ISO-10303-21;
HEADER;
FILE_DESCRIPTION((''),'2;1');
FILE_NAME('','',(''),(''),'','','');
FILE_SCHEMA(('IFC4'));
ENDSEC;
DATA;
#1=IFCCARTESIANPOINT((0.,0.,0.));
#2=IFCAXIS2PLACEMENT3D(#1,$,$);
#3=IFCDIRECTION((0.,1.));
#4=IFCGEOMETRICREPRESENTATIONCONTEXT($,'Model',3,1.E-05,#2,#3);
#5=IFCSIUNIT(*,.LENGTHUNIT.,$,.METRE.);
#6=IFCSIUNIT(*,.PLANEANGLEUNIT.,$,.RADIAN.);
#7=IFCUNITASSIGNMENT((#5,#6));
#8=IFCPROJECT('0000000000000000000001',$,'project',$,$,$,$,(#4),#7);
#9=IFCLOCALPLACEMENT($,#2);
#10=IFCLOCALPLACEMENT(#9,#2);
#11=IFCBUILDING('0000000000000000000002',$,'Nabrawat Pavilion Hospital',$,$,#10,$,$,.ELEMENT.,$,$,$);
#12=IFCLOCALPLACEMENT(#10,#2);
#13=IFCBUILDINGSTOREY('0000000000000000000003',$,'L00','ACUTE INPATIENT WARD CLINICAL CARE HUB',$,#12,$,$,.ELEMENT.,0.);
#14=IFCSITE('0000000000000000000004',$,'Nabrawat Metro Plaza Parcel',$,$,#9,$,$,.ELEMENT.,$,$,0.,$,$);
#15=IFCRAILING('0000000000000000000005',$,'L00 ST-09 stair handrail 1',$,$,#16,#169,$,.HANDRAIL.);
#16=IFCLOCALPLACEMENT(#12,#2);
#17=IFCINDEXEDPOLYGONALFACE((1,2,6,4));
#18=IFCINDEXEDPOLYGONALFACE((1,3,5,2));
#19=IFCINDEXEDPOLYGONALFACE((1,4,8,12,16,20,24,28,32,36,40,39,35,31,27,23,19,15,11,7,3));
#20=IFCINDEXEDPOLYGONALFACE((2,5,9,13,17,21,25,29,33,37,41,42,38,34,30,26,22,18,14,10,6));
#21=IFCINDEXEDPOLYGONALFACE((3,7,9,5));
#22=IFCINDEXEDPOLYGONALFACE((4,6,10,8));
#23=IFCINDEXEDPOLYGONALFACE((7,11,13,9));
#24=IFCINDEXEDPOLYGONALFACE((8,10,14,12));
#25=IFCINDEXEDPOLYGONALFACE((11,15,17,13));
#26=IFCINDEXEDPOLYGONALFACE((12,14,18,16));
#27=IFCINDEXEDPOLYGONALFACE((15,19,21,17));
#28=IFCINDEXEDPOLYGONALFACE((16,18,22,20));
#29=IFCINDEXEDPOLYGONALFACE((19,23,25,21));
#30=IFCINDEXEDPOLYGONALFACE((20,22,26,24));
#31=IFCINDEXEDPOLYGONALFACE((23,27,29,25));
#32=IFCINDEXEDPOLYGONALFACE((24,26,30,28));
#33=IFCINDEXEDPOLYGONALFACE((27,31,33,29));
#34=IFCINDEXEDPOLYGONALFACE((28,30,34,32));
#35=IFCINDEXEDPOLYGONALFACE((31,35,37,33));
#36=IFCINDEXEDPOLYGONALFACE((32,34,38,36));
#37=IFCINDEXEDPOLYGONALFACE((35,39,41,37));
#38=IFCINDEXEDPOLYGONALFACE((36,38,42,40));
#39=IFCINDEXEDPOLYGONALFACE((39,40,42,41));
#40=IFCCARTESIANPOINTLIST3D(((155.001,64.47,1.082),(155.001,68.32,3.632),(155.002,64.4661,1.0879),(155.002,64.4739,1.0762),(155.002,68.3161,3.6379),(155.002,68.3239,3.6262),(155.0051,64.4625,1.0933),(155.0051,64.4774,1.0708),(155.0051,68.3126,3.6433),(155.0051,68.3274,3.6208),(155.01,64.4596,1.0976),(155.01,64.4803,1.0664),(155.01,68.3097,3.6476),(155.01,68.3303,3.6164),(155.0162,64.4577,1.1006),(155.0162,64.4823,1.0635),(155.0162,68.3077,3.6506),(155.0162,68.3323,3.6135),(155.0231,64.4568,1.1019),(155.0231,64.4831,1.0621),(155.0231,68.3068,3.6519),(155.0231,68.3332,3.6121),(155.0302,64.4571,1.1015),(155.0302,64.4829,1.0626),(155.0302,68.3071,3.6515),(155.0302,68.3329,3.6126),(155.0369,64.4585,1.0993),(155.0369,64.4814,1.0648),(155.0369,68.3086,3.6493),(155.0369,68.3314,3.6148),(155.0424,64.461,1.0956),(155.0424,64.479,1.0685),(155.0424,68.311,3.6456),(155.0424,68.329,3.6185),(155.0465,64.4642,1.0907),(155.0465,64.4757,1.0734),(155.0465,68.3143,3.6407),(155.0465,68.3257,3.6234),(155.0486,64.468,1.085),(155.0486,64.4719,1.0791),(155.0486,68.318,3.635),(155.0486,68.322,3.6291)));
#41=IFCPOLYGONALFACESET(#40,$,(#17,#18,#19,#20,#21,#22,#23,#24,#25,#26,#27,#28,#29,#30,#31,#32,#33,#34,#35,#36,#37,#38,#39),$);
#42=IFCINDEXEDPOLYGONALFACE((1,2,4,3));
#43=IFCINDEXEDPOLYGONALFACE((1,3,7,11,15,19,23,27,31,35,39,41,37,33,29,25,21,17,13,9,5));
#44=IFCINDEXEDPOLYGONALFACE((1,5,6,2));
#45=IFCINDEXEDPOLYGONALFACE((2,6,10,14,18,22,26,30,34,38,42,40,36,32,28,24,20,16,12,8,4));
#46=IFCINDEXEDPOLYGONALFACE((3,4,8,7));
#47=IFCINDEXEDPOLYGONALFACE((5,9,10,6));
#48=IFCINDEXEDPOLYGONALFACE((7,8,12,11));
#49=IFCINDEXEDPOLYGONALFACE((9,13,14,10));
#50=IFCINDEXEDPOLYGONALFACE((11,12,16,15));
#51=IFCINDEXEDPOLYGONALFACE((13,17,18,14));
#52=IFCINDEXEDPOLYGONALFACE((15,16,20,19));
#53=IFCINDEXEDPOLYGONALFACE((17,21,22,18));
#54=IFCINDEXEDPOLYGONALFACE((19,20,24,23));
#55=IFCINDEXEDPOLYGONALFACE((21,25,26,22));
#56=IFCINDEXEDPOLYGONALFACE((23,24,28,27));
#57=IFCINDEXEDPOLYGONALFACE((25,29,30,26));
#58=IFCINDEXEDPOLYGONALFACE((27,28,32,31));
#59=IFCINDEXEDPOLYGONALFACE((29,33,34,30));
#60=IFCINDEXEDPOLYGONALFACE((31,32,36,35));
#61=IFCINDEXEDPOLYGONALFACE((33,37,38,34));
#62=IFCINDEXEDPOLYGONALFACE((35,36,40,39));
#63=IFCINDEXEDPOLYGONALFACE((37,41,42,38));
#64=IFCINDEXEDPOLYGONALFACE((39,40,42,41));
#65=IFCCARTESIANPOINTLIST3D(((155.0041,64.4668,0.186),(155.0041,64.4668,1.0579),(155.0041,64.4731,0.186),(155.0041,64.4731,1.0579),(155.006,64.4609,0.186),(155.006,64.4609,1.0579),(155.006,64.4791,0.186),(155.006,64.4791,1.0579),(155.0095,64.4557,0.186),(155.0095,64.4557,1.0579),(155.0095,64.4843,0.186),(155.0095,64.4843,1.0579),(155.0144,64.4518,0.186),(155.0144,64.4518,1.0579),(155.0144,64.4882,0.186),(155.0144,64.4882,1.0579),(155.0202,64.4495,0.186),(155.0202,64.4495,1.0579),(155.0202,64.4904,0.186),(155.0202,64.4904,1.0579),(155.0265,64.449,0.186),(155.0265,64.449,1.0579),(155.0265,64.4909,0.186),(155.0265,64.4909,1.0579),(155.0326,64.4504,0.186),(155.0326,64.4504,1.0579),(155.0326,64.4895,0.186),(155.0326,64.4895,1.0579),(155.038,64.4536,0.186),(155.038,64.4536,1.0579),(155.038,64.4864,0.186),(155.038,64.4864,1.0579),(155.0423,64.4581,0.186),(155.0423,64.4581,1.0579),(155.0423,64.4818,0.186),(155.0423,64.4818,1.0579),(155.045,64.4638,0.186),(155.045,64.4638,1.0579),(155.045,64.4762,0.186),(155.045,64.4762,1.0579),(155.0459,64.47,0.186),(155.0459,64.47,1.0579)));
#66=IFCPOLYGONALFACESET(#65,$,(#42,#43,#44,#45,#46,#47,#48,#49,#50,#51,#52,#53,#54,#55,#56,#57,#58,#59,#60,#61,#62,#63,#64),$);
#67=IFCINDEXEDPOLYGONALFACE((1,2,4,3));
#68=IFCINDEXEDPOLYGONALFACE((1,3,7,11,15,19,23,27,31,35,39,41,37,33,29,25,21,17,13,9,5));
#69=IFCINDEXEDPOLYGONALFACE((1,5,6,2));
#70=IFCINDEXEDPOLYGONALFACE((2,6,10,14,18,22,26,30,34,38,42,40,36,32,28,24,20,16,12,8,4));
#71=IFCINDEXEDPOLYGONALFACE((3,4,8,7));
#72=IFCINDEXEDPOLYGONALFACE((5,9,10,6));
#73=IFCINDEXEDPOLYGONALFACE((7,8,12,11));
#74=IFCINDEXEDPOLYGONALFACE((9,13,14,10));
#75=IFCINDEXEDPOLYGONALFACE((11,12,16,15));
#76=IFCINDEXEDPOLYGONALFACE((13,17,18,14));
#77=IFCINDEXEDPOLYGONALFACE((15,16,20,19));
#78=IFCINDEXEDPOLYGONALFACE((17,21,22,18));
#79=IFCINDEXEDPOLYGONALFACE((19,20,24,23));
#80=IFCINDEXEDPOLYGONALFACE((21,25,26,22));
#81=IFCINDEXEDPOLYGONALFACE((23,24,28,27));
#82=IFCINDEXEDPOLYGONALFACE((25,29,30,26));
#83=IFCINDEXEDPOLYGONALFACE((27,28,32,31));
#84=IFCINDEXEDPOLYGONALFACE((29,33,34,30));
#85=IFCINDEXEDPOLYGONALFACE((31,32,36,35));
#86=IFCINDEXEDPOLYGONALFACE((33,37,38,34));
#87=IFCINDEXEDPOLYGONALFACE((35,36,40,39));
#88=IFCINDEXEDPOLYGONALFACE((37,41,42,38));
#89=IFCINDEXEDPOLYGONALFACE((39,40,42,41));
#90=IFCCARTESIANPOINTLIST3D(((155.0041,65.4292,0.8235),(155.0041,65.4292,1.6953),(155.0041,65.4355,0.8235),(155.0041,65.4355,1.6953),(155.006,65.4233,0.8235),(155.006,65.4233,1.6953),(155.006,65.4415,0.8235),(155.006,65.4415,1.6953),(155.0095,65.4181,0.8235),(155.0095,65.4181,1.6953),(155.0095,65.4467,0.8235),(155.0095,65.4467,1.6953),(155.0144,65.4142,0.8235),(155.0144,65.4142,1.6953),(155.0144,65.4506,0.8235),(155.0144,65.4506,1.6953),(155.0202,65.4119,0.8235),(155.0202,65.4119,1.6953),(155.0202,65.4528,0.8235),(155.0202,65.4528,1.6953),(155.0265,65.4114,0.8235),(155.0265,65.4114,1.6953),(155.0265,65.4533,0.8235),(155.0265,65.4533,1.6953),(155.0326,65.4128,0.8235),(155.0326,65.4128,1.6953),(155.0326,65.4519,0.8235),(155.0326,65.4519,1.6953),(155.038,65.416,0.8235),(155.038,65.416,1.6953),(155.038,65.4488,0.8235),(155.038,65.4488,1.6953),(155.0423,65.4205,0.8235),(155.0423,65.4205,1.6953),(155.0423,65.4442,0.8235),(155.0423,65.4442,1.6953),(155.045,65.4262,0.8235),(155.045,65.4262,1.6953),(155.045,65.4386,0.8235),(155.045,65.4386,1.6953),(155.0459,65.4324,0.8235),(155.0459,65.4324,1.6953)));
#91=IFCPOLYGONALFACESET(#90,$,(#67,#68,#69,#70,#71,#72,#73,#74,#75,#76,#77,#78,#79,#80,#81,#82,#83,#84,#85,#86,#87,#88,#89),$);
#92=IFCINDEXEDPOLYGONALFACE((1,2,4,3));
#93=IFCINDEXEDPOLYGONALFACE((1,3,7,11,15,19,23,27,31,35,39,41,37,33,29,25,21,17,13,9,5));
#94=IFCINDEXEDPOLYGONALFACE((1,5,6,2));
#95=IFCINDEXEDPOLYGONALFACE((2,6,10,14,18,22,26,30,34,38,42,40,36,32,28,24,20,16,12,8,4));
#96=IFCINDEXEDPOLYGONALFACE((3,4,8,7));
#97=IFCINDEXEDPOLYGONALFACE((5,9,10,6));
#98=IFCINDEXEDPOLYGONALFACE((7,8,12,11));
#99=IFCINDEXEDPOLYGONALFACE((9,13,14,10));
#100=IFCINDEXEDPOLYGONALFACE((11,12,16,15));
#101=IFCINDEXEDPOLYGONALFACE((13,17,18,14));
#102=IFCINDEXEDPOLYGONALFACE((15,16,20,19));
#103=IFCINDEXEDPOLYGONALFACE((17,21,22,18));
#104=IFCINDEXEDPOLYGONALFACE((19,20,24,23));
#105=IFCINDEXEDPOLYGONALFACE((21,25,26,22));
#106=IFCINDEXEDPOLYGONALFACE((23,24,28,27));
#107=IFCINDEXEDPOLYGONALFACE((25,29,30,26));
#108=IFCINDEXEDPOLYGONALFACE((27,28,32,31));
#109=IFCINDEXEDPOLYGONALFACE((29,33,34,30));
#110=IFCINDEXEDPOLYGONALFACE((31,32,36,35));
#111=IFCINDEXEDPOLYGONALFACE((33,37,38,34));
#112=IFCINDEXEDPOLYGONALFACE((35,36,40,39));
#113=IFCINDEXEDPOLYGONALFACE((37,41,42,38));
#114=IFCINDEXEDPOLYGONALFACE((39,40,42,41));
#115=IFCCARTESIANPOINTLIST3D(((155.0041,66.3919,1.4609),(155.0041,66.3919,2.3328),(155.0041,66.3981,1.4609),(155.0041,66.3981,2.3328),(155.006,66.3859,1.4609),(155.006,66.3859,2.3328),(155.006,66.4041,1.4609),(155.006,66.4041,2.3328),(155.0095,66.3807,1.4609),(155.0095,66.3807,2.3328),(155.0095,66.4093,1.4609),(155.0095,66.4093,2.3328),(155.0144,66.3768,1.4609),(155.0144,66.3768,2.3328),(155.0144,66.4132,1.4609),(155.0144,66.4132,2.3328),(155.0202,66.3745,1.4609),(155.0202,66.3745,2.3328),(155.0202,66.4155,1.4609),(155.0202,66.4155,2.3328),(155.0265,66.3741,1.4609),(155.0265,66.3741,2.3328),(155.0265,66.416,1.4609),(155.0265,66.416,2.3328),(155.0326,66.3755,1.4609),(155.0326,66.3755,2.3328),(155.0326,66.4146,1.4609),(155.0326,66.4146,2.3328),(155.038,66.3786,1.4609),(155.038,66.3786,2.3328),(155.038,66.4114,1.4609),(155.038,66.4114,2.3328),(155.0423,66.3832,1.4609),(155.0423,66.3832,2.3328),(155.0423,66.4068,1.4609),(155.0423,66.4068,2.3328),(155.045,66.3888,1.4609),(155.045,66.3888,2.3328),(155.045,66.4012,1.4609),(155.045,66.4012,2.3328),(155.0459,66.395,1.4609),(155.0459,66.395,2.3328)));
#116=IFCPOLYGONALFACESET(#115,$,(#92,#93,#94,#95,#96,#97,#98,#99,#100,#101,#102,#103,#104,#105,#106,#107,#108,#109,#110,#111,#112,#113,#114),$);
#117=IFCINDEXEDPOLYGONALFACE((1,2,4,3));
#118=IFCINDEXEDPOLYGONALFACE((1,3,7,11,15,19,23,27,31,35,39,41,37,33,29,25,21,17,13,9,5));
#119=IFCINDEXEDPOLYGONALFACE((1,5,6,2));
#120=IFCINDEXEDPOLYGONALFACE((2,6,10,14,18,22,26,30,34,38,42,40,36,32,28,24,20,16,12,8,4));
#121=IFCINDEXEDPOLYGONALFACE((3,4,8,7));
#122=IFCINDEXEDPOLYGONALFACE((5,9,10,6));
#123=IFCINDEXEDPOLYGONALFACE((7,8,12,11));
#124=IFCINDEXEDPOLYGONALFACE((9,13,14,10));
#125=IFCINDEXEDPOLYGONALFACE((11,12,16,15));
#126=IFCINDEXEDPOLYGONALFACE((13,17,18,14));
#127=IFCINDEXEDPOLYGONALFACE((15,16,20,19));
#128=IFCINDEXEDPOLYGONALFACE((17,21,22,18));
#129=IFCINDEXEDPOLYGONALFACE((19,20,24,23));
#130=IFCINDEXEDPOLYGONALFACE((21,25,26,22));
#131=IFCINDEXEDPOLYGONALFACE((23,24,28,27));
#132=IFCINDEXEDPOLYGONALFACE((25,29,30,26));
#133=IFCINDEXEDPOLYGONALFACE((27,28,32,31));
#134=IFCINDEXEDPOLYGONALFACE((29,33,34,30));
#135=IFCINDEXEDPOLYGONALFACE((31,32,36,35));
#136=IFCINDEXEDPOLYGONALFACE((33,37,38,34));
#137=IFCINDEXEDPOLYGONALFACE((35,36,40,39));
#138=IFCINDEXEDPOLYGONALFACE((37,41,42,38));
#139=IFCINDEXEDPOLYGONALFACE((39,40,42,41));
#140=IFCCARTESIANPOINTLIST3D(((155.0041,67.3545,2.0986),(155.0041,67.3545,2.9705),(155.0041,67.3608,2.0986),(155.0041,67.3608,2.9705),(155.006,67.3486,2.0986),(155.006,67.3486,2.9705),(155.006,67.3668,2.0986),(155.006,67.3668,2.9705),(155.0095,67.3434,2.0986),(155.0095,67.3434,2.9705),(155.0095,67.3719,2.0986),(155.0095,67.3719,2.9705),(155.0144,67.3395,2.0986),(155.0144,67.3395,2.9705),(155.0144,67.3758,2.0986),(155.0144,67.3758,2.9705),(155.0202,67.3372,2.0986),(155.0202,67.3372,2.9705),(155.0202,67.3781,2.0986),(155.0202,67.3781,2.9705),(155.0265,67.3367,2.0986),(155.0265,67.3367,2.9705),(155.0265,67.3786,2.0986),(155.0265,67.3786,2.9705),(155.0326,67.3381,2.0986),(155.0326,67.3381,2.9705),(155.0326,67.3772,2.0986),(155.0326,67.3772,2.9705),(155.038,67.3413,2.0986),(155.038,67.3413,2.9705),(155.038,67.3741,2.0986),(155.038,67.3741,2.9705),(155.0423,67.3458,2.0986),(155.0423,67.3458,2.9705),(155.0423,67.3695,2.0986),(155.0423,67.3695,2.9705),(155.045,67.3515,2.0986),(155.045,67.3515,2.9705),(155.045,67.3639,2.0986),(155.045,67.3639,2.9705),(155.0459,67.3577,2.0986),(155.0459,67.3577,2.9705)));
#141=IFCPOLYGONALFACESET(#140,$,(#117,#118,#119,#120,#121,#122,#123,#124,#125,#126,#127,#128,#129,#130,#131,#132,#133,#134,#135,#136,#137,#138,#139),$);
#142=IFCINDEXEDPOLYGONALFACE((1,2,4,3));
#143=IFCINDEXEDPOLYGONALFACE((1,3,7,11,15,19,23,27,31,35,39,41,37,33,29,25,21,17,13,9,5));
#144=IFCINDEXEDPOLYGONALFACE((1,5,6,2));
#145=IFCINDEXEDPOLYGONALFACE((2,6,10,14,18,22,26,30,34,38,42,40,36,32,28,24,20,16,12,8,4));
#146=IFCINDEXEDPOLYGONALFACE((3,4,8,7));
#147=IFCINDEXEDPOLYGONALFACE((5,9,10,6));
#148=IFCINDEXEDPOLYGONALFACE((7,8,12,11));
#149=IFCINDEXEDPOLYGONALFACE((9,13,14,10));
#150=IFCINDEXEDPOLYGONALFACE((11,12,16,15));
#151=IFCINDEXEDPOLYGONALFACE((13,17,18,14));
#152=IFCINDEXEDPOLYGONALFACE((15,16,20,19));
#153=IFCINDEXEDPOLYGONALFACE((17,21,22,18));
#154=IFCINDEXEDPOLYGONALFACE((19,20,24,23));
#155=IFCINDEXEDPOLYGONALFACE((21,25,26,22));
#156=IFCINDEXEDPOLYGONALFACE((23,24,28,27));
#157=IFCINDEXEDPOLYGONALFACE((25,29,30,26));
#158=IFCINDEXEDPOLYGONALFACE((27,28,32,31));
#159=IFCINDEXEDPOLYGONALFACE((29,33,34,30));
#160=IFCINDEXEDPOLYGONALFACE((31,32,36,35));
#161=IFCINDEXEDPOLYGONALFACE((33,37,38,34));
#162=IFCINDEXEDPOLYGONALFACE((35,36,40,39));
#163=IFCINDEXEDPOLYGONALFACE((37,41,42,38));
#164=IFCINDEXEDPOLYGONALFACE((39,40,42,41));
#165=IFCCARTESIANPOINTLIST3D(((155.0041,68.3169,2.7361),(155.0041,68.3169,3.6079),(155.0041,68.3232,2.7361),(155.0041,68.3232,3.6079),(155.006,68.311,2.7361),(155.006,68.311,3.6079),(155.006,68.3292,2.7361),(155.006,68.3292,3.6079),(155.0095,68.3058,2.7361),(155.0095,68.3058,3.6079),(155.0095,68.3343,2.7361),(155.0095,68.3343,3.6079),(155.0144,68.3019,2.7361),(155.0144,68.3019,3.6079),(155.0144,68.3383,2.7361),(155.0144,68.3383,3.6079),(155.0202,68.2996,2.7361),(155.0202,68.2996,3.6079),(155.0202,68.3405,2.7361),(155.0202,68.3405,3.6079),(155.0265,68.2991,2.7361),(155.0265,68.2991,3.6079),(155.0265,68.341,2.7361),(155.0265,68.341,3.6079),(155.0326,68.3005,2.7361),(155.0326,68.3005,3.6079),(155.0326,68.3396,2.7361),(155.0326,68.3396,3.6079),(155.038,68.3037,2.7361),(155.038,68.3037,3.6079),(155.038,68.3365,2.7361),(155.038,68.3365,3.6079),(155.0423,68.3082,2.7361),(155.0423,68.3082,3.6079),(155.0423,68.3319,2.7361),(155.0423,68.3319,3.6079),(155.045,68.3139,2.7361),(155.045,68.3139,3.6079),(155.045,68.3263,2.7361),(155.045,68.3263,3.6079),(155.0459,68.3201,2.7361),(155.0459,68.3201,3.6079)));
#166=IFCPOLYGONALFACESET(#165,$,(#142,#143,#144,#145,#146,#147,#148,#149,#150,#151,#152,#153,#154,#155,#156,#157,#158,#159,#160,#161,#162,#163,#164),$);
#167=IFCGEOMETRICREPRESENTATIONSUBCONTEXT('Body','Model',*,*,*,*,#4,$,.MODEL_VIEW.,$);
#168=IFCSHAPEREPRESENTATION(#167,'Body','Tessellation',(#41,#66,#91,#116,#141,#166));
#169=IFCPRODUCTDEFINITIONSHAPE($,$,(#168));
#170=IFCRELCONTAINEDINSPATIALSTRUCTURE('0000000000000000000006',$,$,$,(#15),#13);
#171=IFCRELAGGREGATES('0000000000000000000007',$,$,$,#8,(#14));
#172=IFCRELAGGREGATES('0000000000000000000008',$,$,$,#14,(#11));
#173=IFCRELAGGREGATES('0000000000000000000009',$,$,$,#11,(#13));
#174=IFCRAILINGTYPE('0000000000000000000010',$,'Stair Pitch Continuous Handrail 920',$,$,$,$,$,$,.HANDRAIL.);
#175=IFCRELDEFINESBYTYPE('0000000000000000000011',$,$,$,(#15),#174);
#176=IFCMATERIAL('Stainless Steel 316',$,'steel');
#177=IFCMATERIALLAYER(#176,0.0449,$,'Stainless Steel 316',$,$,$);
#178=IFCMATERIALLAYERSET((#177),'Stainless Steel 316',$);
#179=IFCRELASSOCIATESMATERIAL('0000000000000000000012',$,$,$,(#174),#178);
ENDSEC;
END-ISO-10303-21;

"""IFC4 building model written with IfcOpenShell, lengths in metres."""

from ifc_helpers import new_model, si_unit, direction, frame, origin, origin_2d, place, context, subcontext, project, spatial, circle, extrude, material, layer, layer_set, type_object, element, save


model = new_model("IFC4")

# Units and contexts
model_context = context("Model", 3, precision=1e-05, world=origin(), true_north=direction((0.0, 1.0)))
body_context = subcontext(model_context, "Body", "Model", "MODEL_VIEW")
ifc_project = project(units=[si_unit("LENGTHUNIT", "METRE"), si_unit("PLANEANGLEUNIT", "RADIAN")], contexts=[model_context])

# Site, building, storey
site_placement = place(None, origin())
site = spatial("IfcSite", under=ifc_project, at=site_placement, Name="Nabrawat Metro Plaza Parcel", CompositionType="ELEMENT", RefElevation=0.0)
building_placement = place(site_placement, origin())
building = spatial("IfcBuilding", under=site, at=building_placement, Name="Nabrawat Pavilion Hospital", CompositionType="ELEMENT")
storey_placement = place(building_placement, origin())
storey = spatial("IfcBuildingStorey", under=building, at=storey_placement, Name="L00", Description="ACUTE INPATIENT WARD CLINICAL CARE HUB", CompositionType="ELEMENT", Elevation=0.0)

# Railing
ifc_material_1 = material(Name="Stainless Steel 316", Category="steel")
ifc_layer_1 = layer(ifc_material_1, 0.0449, Name="Stainless Steel 316")
ifc_layer_set_1 = layer_set([ifc_layer_1], Name="Stainless Steel 316")
railing_type_1 = type_object("IfcRailingType", Name="Stair Pitch Continuous Handrail 920", PredefinedType="HANDRAIL", material=ifc_layer_set_1)
railing_1_placement = place(storey_placement, frame((155.0249, 64.47, 0.186)))
element("IfcRailing", 1, at=railing_1_placement, inside=storey, type_object=railing_type_1, Name="L00 ST-09 stair handrail 1", PredefinedType="HANDRAIL", context=body_context, shape_type="SweptSolid", body=[
    extrude(circle(Radius=0.0239, at=origin_2d()), frame((0.0, 0.0, 0.896), z_axis=(0.0, 0.833714, 0.552197), x_axis=(-1.0, 0.0, 0.0)), (0.0, 0.0, 1.0), 4.6179),
    extrude(circle(Radius=0.021, at=origin_2d()), origin(), (0.0, 0.0, 1.0), 0.8718),
    extrude(circle(Radius=0.021, at=origin_2d()), frame((0.0, 0.9624, 0.6375)), (0.0, 0.0, 1.0), 0.8718),
    extrude(circle(Radius=0.021, at=origin_2d()), frame((0.0, 1.925, 1.2749)), (0.0, 0.0, 1.0), 0.8718),
    extrude(circle(Radius=0.021, at=origin_2d()), frame((0.0, 2.8877, 1.9126)), (0.0, 0.0, 1.0), 0.8718),
    extrude(circle(Radius=0.021, at=origin_2d()), frame((0.0, 3.8501, 2.55)), (0.0, 0.0, 1.0), 0.8718),
])

save(model, "model.ifc")
